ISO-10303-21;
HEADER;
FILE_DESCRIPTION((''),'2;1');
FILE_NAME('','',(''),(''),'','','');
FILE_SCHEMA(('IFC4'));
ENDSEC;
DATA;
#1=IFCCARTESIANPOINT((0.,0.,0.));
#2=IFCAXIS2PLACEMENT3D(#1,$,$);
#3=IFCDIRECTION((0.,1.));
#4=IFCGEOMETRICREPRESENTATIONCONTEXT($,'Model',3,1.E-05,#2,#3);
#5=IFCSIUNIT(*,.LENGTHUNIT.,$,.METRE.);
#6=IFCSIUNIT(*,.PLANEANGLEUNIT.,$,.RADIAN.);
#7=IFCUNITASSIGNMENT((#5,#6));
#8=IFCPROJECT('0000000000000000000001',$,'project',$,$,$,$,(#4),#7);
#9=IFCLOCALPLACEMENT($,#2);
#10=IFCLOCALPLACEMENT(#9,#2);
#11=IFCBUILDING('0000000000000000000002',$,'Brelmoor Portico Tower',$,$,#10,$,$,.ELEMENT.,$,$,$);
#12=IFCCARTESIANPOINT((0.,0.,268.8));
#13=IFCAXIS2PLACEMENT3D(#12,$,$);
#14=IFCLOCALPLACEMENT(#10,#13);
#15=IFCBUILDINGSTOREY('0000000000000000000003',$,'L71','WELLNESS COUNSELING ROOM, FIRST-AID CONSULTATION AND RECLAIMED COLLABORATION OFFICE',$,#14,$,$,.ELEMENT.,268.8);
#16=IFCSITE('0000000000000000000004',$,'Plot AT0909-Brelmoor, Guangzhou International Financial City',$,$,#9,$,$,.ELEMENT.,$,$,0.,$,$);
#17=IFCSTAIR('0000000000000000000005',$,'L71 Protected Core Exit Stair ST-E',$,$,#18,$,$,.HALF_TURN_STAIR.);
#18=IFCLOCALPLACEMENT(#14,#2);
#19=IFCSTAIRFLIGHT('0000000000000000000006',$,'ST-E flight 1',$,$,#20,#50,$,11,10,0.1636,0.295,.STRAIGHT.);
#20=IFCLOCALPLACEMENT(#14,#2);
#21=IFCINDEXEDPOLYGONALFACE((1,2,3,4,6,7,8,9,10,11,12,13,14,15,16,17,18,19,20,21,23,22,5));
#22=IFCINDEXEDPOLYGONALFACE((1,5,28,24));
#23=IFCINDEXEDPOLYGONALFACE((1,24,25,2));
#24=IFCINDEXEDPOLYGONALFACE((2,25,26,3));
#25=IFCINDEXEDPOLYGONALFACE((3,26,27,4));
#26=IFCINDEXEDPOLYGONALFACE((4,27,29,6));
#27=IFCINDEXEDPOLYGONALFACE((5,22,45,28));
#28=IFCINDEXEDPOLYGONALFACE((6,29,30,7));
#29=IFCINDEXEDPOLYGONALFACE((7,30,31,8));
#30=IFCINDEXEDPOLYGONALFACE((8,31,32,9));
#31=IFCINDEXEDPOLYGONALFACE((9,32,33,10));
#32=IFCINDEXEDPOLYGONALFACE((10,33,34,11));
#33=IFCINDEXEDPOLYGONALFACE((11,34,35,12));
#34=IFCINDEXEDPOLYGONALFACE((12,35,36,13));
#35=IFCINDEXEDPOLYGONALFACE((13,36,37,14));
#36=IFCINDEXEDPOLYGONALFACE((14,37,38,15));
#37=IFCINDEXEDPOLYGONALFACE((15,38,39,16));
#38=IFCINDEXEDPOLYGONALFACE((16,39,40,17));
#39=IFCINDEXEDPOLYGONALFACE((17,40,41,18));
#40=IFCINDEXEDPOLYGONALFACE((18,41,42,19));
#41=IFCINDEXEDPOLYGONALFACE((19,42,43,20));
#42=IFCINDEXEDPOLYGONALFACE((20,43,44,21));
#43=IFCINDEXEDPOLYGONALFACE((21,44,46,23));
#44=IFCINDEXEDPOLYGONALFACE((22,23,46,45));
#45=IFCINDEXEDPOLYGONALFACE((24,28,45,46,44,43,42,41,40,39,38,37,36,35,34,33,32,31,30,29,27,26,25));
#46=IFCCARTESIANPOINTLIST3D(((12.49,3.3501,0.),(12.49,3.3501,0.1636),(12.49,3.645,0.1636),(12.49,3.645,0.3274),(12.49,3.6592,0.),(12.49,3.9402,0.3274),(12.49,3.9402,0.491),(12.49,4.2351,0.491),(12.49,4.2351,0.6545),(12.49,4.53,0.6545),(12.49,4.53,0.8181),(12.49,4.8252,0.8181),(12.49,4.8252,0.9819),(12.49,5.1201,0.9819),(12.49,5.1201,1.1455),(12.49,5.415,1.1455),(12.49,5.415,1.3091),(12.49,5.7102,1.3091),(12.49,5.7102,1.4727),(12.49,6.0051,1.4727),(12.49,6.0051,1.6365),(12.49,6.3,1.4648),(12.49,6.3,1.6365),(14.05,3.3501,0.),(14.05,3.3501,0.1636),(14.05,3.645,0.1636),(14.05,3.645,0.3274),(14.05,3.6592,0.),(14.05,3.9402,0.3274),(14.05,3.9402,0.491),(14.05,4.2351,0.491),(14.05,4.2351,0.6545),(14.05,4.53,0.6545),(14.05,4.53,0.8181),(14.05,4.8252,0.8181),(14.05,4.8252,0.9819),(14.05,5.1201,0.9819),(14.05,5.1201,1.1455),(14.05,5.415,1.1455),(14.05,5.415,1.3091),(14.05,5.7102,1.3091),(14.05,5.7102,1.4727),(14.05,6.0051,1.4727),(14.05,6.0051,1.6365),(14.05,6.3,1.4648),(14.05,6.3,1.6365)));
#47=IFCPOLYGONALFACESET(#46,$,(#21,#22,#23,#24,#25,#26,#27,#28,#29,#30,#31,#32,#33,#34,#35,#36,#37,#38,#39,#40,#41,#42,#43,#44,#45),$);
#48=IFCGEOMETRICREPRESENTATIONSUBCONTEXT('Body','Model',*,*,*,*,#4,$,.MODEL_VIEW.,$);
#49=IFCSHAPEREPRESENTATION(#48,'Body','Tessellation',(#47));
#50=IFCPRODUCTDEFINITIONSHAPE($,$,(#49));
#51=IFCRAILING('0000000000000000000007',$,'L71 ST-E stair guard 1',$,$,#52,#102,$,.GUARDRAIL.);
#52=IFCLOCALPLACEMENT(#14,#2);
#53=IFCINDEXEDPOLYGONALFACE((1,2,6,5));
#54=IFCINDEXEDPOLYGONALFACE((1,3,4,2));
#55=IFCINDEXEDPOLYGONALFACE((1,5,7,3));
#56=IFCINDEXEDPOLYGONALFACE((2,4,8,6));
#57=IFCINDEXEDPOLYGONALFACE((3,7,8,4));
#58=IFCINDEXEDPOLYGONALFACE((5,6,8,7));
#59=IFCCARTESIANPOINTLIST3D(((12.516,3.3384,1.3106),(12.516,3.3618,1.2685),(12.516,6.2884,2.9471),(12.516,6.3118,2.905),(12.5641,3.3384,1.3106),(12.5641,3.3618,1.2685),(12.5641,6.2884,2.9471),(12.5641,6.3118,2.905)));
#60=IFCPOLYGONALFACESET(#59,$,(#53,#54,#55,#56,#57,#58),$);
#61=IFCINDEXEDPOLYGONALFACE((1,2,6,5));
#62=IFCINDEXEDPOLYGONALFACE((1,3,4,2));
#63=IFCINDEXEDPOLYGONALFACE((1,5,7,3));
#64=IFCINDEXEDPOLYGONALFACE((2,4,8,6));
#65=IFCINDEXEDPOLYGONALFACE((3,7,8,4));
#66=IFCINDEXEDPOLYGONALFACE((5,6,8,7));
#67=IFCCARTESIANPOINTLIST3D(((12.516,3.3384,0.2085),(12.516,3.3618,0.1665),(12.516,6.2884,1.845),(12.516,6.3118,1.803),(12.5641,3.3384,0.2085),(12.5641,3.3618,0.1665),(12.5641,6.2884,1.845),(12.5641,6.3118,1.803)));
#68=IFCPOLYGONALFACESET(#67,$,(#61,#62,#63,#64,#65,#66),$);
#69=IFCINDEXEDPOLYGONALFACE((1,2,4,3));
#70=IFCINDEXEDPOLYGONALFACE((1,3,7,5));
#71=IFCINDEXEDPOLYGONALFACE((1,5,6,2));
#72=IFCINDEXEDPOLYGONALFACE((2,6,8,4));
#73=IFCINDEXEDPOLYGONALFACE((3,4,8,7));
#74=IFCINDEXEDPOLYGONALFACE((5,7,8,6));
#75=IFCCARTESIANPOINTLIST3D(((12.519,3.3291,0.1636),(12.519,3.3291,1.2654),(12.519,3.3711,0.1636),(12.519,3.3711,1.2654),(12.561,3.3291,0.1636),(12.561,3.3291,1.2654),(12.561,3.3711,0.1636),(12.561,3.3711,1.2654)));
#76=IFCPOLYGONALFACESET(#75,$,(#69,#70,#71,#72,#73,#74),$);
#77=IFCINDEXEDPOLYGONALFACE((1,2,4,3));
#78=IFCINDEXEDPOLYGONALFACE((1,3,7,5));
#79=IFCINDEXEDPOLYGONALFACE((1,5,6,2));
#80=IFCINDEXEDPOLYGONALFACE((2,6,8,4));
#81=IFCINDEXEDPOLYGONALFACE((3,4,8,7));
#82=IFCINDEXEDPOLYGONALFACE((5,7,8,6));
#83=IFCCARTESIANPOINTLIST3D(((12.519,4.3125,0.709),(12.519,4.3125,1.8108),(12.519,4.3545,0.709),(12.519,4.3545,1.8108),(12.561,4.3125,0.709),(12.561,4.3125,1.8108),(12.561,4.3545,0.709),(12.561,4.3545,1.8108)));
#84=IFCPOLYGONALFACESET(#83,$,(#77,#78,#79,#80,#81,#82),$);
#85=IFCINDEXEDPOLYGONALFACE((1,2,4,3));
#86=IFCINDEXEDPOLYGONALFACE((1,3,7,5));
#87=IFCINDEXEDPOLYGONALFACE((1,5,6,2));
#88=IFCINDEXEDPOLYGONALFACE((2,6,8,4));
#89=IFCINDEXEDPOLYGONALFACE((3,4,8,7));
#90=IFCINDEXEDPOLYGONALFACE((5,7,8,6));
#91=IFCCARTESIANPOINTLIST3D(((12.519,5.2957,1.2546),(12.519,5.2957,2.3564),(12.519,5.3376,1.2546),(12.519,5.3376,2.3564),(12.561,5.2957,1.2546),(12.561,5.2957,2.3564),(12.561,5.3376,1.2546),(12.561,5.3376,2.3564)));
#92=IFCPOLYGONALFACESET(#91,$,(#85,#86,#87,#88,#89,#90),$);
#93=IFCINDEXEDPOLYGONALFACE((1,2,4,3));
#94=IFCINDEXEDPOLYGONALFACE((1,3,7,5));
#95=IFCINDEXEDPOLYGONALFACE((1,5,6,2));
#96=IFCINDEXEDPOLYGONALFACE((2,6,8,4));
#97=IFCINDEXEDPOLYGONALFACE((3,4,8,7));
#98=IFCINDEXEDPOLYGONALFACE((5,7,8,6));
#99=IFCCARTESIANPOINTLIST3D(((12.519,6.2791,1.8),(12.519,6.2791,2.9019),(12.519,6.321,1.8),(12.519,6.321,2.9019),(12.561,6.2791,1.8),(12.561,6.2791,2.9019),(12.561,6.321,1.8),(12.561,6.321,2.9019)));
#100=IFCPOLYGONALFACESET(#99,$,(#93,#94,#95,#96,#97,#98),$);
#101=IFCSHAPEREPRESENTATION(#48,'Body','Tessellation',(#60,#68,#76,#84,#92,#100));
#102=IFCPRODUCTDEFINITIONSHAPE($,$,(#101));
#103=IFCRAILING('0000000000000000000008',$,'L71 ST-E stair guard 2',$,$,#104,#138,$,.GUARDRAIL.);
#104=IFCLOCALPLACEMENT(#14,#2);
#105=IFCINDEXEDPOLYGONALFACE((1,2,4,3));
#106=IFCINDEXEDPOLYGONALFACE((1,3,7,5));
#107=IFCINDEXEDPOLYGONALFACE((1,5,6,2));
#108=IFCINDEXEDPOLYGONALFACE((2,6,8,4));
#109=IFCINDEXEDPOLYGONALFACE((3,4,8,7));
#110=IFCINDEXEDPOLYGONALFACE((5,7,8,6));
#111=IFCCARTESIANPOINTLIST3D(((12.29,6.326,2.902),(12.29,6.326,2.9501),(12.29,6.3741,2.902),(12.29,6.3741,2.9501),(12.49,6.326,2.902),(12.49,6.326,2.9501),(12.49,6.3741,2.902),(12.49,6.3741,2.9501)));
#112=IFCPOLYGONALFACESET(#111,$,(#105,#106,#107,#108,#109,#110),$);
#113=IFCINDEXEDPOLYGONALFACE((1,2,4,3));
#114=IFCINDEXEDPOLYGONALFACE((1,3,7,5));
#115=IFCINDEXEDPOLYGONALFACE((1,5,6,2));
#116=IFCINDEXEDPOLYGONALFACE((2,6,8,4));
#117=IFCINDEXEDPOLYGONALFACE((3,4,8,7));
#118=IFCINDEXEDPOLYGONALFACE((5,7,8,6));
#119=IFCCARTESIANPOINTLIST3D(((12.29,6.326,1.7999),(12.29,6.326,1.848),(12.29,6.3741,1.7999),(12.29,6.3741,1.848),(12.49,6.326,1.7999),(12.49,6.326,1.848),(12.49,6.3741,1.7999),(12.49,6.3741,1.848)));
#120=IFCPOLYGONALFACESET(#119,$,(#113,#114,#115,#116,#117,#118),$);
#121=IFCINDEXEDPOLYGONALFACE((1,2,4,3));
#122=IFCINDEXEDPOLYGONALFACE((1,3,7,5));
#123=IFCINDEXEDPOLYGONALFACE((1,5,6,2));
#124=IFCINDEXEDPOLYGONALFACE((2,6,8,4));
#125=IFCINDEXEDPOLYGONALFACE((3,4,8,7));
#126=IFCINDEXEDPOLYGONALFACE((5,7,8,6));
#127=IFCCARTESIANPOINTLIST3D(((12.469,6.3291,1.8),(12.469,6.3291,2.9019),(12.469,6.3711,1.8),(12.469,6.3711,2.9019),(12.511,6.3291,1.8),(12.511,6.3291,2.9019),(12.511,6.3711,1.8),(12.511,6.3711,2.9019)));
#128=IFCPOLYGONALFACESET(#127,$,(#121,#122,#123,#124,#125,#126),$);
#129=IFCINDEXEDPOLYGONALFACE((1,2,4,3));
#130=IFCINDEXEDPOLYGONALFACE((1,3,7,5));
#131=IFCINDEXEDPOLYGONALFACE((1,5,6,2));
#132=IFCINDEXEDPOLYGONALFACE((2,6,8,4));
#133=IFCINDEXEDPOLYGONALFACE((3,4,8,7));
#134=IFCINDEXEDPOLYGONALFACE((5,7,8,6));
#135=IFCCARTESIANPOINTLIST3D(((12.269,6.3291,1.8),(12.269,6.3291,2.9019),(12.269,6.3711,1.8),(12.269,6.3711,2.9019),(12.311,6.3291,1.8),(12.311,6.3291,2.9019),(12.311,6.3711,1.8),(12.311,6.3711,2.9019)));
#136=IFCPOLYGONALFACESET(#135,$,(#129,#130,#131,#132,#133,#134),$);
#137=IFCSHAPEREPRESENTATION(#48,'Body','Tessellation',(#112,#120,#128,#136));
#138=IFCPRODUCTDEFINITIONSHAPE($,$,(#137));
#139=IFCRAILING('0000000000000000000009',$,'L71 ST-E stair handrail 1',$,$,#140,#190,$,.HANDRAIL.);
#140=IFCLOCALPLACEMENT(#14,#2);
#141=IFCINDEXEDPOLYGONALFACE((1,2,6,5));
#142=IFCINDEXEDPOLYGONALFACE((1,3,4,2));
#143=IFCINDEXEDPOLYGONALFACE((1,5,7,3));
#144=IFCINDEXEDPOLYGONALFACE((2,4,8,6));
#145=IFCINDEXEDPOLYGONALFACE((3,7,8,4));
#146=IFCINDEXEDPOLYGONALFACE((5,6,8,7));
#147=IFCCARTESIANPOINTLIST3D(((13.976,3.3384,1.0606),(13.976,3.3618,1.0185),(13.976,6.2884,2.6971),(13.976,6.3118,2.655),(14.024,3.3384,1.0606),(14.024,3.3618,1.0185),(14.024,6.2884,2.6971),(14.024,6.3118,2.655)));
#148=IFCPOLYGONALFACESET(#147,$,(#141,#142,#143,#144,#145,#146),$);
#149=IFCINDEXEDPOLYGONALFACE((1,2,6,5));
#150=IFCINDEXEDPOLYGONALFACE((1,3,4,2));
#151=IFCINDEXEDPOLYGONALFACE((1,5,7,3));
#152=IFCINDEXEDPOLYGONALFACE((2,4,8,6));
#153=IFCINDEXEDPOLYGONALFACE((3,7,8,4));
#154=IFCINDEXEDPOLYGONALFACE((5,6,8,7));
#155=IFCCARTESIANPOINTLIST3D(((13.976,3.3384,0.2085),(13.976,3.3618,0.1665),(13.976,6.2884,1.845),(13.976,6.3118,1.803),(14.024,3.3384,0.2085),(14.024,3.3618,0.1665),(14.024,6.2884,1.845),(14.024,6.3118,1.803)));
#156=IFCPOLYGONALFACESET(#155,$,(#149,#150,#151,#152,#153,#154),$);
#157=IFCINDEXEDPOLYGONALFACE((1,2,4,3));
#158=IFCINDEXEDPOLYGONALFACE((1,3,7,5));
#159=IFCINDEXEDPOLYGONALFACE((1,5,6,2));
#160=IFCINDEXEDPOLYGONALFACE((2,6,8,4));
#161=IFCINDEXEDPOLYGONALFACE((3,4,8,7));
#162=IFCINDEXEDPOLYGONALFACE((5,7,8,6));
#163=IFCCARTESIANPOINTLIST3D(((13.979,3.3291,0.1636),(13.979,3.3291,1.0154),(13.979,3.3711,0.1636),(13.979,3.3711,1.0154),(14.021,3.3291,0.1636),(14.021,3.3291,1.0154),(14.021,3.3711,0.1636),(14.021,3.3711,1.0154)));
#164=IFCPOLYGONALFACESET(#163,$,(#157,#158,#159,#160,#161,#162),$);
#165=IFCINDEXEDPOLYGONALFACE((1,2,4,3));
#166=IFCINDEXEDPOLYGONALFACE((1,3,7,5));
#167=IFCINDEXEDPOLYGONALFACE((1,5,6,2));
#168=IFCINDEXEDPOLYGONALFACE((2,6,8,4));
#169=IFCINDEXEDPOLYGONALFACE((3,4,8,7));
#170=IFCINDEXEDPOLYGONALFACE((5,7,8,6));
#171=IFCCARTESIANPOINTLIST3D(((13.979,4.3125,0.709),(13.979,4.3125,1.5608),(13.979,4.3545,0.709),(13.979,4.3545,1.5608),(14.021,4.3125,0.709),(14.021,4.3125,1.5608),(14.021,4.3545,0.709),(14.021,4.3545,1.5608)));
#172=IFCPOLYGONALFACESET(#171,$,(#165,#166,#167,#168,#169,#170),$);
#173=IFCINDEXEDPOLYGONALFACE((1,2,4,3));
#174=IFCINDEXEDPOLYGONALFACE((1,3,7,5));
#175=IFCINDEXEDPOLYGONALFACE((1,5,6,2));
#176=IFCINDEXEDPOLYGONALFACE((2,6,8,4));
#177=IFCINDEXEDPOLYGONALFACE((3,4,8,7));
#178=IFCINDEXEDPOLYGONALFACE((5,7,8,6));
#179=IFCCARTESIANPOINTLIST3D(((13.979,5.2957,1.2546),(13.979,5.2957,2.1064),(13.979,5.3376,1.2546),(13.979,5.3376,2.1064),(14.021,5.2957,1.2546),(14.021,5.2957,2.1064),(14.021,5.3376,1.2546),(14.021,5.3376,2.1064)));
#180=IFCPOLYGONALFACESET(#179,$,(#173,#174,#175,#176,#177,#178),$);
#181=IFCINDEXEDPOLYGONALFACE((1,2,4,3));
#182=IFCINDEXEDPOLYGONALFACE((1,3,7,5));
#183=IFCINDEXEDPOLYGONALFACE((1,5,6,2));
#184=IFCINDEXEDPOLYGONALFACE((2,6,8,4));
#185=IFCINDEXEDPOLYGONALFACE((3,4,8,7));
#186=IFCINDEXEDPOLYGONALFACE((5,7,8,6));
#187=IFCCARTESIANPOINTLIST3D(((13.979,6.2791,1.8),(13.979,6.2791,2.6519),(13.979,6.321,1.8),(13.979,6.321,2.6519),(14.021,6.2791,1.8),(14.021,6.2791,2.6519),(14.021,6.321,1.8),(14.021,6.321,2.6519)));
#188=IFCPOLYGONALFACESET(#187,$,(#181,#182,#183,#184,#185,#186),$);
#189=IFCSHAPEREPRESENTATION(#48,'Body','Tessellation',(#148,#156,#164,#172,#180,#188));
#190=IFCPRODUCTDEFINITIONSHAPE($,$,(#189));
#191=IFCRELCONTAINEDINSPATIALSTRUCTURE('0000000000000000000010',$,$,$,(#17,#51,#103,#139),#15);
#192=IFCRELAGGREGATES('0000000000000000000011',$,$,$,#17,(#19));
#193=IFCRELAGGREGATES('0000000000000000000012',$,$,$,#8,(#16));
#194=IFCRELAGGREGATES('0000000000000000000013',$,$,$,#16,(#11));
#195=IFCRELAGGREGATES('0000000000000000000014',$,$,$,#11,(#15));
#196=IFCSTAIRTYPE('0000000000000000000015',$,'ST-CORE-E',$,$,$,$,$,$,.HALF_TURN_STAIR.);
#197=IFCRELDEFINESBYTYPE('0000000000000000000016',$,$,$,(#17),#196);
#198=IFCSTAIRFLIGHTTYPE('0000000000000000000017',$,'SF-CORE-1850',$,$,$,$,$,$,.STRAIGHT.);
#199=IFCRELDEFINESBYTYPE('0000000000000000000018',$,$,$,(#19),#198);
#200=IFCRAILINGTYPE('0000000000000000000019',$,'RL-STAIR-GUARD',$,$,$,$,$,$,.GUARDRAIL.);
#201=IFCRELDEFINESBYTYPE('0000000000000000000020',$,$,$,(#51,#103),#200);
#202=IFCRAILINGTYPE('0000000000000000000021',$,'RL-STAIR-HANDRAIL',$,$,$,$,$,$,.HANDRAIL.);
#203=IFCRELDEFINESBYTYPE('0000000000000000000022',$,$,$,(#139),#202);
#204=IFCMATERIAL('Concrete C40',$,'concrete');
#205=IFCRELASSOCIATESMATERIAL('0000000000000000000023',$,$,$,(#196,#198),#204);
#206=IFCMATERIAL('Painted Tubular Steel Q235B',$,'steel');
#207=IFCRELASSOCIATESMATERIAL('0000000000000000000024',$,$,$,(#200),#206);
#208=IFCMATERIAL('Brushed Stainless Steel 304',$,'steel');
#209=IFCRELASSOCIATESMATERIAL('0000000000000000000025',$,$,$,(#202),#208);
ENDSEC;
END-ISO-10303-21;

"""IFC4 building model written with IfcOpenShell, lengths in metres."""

from ifc_helpers import new_model, si_unit, direction, frame, origin, origin_2d, place, context, subcontext, project, spatial, polyline, rectangle, outline, extrude, material, type_object, element, aggregate, save


model = new_model("IFC4")

# Units and contexts
model_context = context("Model", 3, precision=1e-05, world=origin(), true_north=direction((0.0, 1.0)))
body_context = subcontext(model_context, "Body", "Model", "MODEL_VIEW")
ifc_project = project(units=[si_unit("LENGTHUNIT", "METRE"), si_unit("PLANEANGLEUNIT", "RADIAN")], contexts=[model_context])

# Site, building, storey
site_placement = place(None, origin())
site = spatial("IfcSite", under=ifc_project, at=site_placement, Name="Plot AT0909-Brelmoor, Guangzhou International Financial City", CompositionType="ELEMENT", RefElevation=0.0)
building_placement = place(site_placement, origin())
building = spatial("IfcBuilding", under=site, at=building_placement, Name="Brelmoor Portico Tower", CompositionType="ELEMENT")
storey_placement = place(building_placement, frame((0.0, 0.0, 268.8)))
storey = spatial("IfcBuildingStorey", under=building, at=storey_placement, Name="L71", Description="WELLNESS COUNSELING ROOM, FIRST-AID CONSULTATION AND RECLAIMED COLLABORATION OFFICE", CompositionType="ELEMENT", Elevation=268.8)

# Shared definitions
ifc_material_1 = material(Name="Concrete C40", Category="concrete")

# Stair, stair flight
stair_type = type_object("IfcStairType", Name="ST-CORE-E", PredefinedType="HALF_TURN_STAIR", material=ifc_material_1)
stair_placement = place(storey_placement, origin())
stair = element("IfcStair", 1, at=stair_placement, inside=storey, type_object=stair_type, Name="L71 Protected Core Exit Stair ST-E", PredefinedType="HALF_TURN_STAIR")
stair_flight_type = type_object("IfcStairFlightType", Name="SF-CORE-1850", PredefinedType="STRAIGHT", material=ifc_material_1)
stair_flight_placement = place(storey_placement, frame((13.27, 3.3501, 0.0), z_axis=(0.0, 0.0, 1.0), x_axis=(0.0, 1.0, 0.0)))
stair_flight = element("IfcStairFlight", 2, at=stair_flight_placement, type_object=stair_flight_type, Name="ST-E flight 1", NumberOfRisers=11, NumberOfTreads=10, PredefinedType="STRAIGHT", RiserHeight=0.1636, TreadLength=0.295, context=body_context, shape_type="SweptSolid", body=[
    extrude(outline(polyline([(0.0, 0.0), (0.0, 0.1636), (0.2949, 0.1636), (0.2949, 0.3274), (0.5901, 0.3274), (0.5901, 0.491), (0.885, 0.491), (0.885, 0.6545), (1.1799, 0.6545), (1.1799, 0.8181), (1.4751, 0.8181), (1.4751, 0.9819), (1.77, 0.9819), (1.77, 1.1455), (2.0649, 1.1455), (2.0649, 1.3091), (2.3601, 1.3091), (2.3601, 1.4727), (2.655, 1.4727), (2.655, 1.6365), (2.95, 1.6365), (2.95, 1.8), (2.95, 1.4648), (0.3091, 0.0), (0.0, 0.0)])), frame((0.0, 0.78, 0.0), z_axis=(0.0, -1.0, 0.0), x_axis=(1.0, 0.0, 0.0)), (0.0, 0.0, 1.0), 1.5601),
])
aggregate(stair, [stair_flight])

# Railings
ifc_material_2 = material(Name="Painted Tubular Steel Q235B", Category="steel")
railing_type_1 = type_object("IfcRailingType", Name="RL-STAIR-GUARD", PredefinedType="GUARDRAIL", material=ifc_material_2)
railing_1_placement = place(storey_placement, frame((12.54, 3.3501, 0.1636)))
element("IfcRailing", 3, at=railing_1_placement, inside=storey, type_object=railing_type_1, Name="L71 ST-E stair guard 1", PredefinedType="GUARDRAIL", context=body_context, shape_type="SweptSolid", body=[
    extrude(rectangle(XDim=0.0481, YDim=0.0481, at=origin_2d()), frame((0.0, 0.0, 1.126), z_axis=(0.0, 0.874458, 0.485102), x_axis=(-1.0, 0.0, 0.0)), (0.0, 0.0, 1.0), 3.3735),
    extrude(rectangle(XDim=0.0481, YDim=0.0481, at=origin_2d()), frame((0.0, 0.0, 0.0239), z_axis=(0.0, 0.874458, 0.485102), x_axis=(-1.0, 0.0, 0.0)), (0.0, 0.0, 1.0), 3.3735),
    extrude(rectangle(XDim=0.042, YDim=0.042, at=origin_2d()), origin(), (0.0, 0.0, 1.0), 1.1018),
    extrude(rectangle(XDim=0.042, YDim=0.042, at=origin_2d()), frame((0.0, 0.9834, 0.5454)), (0.0, 0.0, 1.0), 1.1018),
    extrude(rectangle(XDim=0.042, YDim=0.042, at=origin_2d()), frame((0.0, 1.9666, 1.0911)), (0.0, 0.0, 1.0), 1.1018),
    extrude(rectangle(XDim=0.042, YDim=0.042, at=origin_2d()), frame((0.0, 2.95, 1.6365)), (0.0, 0.0, 1.0), 1.1018),
])
railing_2_placement = place(storey_placement, frame((12.49, 6.3501, 1.8)))
element("IfcRailing", 4, at=railing_2_placement, inside=storey, type_object=railing_type_1, Name="L71 ST-E stair guard 2", PredefinedType="GUARDRAIL", context=body_context, shape_type="SweptSolid", body=[
    extrude(rectangle(XDim=0.0481, YDim=0.0481, at=origin_2d()), frame((0.0, 0.0, 1.126), z_axis=(-1.0, 0.0, 0.0), x_axis=(0.0, -1.0, 0.0)), (0.0, 0.0, 1.0), 0.2),
    extrude(rectangle(XDim=0.0481, YDim=0.0481, at=origin_2d()), frame((0.0, 0.0, 0.0239), z_axis=(-1.0, 0.0, 0.0), x_axis=(0.0, -1.0, 0.0)), (0.0, 0.0, 1.0), 0.2),
    extrude(rectangle(XDim=0.042, YDim=0.042, at=origin_2d()), origin(), (0.0, 0.0, 1.0), 1.1018),
    extrude(rectangle(XDim=0.042, YDim=0.042, at=origin_2d()), frame((-0.2, 0.0, 0.0)), (0.0, 0.0, 1.0), 1.1018),
])
ifc_material_3 = material(Name="Brushed Stainless Steel 304", Category="steel")
railing_type_2 = type_object("IfcRailingType", Name="RL-STAIR-HANDRAIL", PredefinedType="HANDRAIL", material=ifc_material_3)
railing_3_placement = place(storey_placement, frame((14.0, 3.3501, 0.1636)))
element("IfcRailing", 5, at=railing_3_placement, inside=storey, type_object=railing_type_2, Name="L71 ST-E stair handrail 1", PredefinedType="HANDRAIL", context=body_context, shape_type="SweptSolid", body=[
    extrude(rectangle(XDim=0.0481, YDim=0.0481, at=origin_2d()), frame((0.0, 0.0, 0.876), z_axis=(0.0, 0.874458, 0.485102), x_axis=(-1.0, 0.0, 0.0)), (0.0, 0.0, 1.0), 3.3735),
    extrude(rectangle(XDim=0.0481, YDim=0.0481, at=origin_2d()), frame((0.0, 0.0, 0.0239), z_axis=(0.0, 0.874458, 0.485102), x_axis=(-1.0, 0.0, 0.0)), (0.0, 0.0, 1.0), 3.3735),
    extrude(rectangle(XDim=0.042, YDim=0.042, at=origin_2d()), origin(), (0.0, 0.0, 1.0), 0.8518),
    extrude(rectangle(XDim=0.042, YDim=0.042, at=origin_2d()), frame((0.0, 0.9834, 0.5454)), (0.0, 0.0, 1.0), 0.8518),
    extrude(rectangle(XDim=0.042, YDim=0.042, at=origin_2d()), frame((0.0, 1.9666, 1.0911)), (0.0, 0.0, 1.0), 0.8518),
    extrude(rectangle(XDim=0.042, YDim=0.042, at=origin_2d()), frame((0.0, 2.95, 1.6365)), (0.0, 0.0, 1.0), 0.8518),
])

save(model, "model.ifc")
